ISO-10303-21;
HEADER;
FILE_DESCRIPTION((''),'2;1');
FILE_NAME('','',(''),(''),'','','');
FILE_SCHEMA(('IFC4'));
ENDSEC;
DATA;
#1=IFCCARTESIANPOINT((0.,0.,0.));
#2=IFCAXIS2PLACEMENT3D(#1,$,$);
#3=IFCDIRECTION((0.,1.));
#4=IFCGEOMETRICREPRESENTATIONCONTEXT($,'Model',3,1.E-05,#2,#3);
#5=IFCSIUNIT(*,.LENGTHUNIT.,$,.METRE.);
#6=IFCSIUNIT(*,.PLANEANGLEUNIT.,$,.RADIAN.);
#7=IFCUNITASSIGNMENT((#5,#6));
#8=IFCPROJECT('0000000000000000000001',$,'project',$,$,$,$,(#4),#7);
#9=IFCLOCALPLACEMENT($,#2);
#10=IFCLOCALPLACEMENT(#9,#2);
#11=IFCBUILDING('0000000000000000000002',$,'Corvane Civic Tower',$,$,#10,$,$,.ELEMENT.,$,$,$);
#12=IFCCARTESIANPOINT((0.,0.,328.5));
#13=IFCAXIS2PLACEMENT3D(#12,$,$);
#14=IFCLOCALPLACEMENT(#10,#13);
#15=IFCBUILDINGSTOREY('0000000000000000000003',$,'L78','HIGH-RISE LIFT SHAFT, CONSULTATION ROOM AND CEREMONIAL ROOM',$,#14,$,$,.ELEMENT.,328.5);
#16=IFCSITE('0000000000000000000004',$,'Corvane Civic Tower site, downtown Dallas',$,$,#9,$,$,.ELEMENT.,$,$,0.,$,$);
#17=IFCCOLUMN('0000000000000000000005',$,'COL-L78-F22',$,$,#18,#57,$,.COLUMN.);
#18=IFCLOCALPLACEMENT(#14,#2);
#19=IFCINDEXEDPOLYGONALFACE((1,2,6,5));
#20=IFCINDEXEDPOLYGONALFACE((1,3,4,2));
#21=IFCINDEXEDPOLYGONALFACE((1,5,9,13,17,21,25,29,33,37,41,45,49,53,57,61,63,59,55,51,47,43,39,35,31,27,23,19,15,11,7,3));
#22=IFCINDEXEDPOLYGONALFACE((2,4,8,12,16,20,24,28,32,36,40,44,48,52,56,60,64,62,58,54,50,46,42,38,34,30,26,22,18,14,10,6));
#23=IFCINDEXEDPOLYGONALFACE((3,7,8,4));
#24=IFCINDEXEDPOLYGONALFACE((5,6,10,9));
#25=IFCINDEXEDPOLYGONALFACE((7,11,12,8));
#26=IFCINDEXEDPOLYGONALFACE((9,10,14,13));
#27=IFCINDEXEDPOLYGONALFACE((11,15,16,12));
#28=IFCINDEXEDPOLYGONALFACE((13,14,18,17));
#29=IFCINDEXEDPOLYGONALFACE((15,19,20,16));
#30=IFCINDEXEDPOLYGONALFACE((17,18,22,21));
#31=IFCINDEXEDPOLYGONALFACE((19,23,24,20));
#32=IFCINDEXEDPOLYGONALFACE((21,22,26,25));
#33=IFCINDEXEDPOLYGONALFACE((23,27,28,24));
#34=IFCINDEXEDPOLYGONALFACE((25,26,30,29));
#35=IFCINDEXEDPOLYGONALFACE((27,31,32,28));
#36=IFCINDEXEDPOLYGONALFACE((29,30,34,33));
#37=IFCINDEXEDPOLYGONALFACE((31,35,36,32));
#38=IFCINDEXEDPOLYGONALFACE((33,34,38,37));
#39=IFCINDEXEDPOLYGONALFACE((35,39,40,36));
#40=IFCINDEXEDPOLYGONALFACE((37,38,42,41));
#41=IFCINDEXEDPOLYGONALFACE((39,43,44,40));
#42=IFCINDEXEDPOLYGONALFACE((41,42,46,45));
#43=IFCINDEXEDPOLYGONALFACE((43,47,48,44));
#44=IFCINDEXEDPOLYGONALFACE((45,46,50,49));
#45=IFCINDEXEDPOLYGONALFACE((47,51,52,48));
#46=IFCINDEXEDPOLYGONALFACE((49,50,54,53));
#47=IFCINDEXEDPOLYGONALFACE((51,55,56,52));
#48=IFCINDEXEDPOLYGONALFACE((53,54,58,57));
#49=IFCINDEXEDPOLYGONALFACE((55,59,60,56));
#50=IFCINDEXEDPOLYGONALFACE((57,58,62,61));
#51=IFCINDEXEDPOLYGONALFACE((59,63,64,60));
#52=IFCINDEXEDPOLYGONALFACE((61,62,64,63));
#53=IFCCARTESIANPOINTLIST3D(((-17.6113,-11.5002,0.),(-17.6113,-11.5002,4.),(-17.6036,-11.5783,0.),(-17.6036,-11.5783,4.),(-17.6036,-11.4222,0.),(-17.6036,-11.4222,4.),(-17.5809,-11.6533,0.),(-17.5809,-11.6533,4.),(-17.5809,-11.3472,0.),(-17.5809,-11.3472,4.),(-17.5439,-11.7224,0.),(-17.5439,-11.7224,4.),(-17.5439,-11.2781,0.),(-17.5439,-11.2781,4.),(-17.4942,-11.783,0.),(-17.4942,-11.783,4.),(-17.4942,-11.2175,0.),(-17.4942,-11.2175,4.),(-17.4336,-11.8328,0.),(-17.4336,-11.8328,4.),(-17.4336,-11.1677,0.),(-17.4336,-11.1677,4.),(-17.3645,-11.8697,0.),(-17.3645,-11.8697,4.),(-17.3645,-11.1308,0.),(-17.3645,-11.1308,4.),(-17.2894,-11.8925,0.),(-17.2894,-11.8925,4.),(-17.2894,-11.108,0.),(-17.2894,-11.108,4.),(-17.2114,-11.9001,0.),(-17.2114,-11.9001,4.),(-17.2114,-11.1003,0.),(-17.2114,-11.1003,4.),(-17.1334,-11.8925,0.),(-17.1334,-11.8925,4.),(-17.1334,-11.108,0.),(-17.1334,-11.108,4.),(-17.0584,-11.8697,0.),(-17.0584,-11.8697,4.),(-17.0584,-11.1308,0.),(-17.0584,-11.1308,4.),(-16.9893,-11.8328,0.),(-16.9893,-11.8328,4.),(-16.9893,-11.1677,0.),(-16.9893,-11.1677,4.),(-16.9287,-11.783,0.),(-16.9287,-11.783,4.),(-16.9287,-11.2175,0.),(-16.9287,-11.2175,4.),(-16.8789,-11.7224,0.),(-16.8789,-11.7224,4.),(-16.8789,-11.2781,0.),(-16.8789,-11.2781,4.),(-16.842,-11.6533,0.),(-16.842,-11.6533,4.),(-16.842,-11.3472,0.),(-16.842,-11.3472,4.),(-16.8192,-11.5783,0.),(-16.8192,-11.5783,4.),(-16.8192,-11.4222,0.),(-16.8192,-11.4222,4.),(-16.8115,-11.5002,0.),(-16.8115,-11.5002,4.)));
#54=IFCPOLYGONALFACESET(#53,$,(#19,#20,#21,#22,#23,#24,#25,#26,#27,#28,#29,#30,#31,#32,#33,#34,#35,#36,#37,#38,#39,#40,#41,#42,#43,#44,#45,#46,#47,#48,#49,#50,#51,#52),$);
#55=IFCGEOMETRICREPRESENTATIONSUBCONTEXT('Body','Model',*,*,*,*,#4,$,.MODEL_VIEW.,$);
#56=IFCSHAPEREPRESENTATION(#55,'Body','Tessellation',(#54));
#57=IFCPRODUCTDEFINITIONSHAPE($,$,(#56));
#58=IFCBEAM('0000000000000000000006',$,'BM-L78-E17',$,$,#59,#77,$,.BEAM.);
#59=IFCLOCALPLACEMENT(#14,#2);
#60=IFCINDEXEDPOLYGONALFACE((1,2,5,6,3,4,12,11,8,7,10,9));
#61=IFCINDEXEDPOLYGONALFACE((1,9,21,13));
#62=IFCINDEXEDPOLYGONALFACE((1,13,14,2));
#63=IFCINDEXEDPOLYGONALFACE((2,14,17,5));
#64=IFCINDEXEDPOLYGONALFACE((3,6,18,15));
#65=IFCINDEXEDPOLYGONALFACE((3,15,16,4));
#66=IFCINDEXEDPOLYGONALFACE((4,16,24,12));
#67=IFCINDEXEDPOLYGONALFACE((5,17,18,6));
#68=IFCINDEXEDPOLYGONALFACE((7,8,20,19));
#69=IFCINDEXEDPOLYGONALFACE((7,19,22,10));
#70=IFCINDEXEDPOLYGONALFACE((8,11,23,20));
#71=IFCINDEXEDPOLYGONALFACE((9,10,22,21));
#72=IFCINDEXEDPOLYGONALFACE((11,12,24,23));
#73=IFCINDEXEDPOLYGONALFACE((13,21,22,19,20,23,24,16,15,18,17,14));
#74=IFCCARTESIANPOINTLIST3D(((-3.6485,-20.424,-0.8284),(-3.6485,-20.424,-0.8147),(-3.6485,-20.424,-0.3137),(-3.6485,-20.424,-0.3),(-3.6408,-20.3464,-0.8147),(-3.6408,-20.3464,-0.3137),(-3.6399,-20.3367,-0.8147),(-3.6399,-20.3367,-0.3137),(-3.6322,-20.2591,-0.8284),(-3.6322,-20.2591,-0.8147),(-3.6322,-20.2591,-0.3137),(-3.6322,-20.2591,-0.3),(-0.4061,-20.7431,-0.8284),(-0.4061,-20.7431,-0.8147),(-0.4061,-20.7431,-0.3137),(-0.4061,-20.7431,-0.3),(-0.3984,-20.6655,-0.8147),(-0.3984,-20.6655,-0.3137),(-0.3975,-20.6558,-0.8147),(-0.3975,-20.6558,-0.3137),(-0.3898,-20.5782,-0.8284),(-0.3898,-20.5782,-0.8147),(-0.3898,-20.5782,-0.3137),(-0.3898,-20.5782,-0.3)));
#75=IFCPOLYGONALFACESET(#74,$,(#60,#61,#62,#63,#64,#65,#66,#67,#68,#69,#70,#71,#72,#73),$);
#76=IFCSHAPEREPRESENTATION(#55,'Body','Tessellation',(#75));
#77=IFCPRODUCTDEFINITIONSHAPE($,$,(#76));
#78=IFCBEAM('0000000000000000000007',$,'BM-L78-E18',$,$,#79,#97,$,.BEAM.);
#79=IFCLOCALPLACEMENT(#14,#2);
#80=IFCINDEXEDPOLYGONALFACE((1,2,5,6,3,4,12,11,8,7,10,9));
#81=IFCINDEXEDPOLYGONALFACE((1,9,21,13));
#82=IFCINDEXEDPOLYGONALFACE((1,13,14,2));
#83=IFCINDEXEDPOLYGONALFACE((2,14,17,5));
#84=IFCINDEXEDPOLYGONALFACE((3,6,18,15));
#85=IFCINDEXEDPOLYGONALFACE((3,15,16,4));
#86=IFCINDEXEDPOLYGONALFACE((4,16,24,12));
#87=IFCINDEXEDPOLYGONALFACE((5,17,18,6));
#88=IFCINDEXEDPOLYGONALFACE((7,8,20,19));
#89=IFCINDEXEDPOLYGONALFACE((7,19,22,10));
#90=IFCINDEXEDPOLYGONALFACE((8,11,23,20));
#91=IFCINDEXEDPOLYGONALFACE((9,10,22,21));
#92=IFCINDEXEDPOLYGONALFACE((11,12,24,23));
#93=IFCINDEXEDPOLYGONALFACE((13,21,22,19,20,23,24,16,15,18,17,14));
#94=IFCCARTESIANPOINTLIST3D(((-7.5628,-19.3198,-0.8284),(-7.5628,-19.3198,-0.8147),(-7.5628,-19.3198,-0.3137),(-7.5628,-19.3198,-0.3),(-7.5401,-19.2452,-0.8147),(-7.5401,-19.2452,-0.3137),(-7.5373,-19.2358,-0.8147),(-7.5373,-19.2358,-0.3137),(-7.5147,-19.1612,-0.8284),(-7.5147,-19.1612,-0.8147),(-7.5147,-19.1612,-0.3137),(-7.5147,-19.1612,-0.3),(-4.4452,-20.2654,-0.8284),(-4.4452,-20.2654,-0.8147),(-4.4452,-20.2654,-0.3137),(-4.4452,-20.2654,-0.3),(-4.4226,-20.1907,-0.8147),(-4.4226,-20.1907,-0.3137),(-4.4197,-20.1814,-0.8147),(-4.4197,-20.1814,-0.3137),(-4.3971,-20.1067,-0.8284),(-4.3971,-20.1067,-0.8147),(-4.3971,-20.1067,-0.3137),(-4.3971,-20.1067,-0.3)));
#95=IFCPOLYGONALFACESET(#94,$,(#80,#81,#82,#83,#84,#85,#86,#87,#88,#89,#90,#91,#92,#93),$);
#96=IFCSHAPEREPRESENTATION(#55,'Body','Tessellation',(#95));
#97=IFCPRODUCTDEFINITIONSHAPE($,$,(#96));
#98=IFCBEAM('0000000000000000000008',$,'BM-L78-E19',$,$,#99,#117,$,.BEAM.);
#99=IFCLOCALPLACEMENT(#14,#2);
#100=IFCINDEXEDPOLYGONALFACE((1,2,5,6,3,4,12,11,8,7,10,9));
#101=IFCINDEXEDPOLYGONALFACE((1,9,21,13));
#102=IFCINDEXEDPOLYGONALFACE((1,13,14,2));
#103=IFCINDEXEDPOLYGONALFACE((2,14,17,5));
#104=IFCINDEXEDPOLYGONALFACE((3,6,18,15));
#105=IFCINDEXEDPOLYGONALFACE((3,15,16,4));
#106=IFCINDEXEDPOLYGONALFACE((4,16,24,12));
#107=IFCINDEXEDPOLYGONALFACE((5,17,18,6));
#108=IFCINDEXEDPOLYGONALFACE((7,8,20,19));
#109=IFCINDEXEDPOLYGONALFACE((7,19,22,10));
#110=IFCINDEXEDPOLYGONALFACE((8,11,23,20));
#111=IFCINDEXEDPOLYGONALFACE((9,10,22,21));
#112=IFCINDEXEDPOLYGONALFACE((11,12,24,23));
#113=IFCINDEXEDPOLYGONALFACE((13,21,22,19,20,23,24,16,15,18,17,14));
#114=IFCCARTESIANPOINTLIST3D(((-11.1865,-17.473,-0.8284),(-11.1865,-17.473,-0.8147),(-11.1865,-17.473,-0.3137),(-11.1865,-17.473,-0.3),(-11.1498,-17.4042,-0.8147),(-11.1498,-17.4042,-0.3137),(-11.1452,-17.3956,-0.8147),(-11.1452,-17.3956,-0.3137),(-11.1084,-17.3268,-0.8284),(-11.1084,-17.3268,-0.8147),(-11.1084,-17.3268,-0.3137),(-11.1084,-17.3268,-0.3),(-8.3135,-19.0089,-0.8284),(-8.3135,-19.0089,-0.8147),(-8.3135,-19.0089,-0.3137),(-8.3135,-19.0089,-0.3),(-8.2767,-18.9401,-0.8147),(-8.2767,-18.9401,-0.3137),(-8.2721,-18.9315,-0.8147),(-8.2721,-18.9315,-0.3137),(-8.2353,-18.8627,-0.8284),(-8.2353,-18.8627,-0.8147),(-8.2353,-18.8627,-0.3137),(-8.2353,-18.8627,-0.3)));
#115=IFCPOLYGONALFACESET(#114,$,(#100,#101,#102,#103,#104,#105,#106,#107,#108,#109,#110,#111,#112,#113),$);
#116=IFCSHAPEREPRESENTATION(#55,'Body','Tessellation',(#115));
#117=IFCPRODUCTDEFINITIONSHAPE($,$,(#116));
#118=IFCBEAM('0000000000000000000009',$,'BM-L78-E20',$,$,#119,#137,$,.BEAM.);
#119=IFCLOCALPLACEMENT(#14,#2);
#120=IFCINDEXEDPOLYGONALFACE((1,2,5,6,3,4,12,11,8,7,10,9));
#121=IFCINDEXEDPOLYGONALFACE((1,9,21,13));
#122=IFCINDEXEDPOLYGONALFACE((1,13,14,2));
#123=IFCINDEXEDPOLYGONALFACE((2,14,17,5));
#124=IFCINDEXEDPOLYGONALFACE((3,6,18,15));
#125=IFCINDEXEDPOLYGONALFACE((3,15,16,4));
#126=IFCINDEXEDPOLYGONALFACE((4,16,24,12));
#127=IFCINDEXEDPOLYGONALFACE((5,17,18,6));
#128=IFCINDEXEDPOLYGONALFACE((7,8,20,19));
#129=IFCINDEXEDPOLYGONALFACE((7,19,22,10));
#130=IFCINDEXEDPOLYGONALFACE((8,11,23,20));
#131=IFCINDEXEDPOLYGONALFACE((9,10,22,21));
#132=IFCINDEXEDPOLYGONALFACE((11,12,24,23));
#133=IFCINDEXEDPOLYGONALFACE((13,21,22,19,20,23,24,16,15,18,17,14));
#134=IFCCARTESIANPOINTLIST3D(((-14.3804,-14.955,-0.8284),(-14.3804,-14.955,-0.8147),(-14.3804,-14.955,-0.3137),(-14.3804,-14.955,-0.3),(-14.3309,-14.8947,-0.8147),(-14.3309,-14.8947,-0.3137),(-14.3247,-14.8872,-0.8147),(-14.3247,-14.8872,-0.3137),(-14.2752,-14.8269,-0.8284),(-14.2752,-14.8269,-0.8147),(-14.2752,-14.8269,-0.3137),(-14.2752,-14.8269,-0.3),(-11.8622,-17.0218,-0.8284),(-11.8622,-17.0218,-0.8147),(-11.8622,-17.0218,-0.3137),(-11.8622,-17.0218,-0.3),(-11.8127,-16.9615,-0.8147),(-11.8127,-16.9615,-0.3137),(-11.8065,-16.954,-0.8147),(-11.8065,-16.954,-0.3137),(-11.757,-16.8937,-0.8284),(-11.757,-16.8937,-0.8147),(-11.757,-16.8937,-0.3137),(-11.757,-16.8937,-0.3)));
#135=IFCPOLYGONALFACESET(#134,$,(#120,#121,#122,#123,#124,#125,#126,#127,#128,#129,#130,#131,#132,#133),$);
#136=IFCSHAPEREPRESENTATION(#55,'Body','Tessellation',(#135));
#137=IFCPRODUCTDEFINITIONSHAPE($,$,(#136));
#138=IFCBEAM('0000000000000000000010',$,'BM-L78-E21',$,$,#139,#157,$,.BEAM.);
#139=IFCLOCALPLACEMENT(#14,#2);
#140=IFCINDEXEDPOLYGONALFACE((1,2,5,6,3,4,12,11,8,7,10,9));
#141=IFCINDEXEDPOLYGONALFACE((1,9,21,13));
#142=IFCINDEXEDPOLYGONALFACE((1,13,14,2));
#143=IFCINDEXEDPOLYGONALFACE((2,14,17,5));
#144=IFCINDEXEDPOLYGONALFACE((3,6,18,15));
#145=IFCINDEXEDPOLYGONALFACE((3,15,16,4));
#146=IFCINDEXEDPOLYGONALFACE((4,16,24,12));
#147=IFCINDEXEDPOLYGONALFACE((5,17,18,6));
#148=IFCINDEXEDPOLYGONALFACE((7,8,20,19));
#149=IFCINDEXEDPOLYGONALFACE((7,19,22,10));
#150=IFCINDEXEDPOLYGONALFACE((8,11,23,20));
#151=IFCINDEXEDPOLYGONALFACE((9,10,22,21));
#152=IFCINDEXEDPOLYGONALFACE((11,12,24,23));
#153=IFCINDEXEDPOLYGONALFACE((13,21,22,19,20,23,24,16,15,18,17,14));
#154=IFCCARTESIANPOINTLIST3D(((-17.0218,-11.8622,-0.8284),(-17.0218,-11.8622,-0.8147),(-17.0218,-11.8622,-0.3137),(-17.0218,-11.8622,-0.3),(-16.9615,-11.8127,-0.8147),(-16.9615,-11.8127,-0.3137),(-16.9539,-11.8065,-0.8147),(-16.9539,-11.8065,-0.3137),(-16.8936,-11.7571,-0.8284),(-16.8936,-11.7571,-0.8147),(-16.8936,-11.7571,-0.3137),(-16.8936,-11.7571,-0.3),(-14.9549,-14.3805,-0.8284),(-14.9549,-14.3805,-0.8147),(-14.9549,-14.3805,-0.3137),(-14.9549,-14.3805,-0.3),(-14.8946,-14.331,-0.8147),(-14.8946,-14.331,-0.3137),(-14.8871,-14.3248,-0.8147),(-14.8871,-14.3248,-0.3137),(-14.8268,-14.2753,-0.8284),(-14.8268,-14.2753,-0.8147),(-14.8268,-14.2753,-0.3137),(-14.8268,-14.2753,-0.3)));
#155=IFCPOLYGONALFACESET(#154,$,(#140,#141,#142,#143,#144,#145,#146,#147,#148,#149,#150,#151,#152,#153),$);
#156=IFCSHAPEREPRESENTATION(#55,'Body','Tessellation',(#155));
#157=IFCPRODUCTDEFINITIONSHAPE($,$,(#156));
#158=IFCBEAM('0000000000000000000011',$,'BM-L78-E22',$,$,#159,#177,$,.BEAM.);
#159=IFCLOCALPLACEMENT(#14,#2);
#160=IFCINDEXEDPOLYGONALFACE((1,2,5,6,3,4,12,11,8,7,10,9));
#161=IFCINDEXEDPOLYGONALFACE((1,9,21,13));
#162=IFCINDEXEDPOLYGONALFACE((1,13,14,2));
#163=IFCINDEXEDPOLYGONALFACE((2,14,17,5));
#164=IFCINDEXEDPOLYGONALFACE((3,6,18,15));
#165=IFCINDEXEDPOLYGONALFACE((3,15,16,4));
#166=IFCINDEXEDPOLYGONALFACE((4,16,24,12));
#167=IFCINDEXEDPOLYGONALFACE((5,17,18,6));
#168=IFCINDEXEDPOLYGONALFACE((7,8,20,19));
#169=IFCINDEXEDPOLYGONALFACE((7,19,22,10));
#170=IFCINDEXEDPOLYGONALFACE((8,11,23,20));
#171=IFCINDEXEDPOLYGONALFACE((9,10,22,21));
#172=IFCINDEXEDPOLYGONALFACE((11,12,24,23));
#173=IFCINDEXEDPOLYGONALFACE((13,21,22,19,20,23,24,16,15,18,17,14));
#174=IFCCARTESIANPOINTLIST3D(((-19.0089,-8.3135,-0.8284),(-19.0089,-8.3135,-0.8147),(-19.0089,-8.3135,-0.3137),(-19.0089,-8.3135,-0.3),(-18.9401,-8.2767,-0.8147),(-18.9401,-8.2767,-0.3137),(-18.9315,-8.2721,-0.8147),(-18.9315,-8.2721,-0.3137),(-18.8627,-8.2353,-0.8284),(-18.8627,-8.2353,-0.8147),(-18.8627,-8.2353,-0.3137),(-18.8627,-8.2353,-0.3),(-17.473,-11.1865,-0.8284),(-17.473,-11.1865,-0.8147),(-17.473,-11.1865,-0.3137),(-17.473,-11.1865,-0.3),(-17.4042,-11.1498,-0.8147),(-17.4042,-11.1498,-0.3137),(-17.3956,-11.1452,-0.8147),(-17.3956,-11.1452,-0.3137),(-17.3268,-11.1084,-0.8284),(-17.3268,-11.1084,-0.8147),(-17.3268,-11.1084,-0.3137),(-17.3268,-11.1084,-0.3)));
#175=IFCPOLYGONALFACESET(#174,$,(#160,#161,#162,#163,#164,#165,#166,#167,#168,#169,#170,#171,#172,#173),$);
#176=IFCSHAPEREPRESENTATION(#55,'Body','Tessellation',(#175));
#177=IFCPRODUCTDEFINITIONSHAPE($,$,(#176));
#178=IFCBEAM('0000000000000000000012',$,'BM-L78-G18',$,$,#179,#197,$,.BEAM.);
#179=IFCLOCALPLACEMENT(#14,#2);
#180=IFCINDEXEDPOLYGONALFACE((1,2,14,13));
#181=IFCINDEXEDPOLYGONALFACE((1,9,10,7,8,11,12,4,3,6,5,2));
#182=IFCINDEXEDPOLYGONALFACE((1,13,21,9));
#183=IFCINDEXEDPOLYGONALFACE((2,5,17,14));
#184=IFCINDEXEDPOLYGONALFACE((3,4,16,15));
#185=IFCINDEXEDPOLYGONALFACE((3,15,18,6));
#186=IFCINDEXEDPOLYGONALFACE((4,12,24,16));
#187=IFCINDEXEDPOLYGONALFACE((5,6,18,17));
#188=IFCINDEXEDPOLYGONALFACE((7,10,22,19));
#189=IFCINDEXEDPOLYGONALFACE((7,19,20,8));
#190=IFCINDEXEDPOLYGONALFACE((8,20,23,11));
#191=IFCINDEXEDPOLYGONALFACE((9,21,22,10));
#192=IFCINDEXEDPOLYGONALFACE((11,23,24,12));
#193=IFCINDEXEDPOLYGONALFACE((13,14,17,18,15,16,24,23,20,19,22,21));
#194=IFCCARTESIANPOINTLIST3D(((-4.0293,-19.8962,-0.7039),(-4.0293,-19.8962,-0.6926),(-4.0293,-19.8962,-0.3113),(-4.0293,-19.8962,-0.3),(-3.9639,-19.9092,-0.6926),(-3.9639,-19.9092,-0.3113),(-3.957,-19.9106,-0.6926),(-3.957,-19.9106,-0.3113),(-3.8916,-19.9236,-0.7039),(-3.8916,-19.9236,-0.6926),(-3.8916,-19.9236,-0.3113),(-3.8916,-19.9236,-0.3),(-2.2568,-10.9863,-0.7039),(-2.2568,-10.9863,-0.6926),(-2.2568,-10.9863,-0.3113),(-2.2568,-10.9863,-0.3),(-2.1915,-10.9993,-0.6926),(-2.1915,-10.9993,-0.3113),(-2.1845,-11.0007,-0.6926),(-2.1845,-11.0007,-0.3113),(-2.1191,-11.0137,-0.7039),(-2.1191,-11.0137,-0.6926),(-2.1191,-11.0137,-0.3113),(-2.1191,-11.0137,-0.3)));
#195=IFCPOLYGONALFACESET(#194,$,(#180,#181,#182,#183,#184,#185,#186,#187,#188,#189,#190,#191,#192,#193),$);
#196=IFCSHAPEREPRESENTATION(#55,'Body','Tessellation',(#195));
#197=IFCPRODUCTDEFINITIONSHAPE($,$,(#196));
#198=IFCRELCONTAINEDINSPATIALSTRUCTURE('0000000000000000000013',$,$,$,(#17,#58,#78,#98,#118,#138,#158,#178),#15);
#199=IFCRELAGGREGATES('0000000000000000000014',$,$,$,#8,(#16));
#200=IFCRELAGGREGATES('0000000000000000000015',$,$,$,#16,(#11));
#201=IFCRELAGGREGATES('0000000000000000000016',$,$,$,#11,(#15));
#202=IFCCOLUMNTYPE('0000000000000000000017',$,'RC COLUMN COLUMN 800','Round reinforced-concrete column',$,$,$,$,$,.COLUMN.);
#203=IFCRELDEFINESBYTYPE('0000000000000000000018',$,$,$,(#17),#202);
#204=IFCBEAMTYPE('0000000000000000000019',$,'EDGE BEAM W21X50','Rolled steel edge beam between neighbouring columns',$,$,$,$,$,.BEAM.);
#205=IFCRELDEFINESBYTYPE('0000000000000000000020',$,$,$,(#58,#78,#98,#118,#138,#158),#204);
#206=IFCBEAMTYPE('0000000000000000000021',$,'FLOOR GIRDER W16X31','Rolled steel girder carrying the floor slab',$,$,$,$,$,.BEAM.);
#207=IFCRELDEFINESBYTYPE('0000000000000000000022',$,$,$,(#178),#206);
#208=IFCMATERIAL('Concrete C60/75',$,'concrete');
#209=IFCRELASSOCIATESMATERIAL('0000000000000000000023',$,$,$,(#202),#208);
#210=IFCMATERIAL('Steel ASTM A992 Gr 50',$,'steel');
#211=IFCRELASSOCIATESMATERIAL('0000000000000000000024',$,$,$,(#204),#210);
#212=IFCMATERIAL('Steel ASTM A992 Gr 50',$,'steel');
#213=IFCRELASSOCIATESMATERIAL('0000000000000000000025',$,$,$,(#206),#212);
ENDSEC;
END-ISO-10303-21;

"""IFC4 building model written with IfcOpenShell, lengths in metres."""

from ifc_helpers import new_model, si_unit, direction, frame, origin, origin_2d, place, context, subcontext, project, spatial, circle, i_section, extrude, material, material_profile, profile_set, type_object, element, save


model = new_model("IFC4")

# Units and contexts
model_context = context("Model", 3, precision=1e-05, world=origin(), true_north=direction((0.0, 1.0)))
body_context = subcontext(model_context, "Body", "Model", "MODEL_VIEW")
ifc_project = project(units=[si_unit("LENGTHUNIT", "METRE"), si_unit("PLANEANGLEUNIT", "RADIAN")], contexts=[model_context])

# Site, building, storey
site_placement = place(None, origin())
site = spatial("IfcSite", under=ifc_project, at=site_placement, Name="Corvane Civic Tower site, downtown Dallas", CompositionType="ELEMENT", RefElevation=0.0)
building_placement = place(site_placement, origin())
building = spatial("IfcBuilding", under=site, at=building_placement, Name="Corvane Civic Tower", CompositionType="ELEMENT")
storey_placement = place(building_placement, frame((0.0, 0.0, 328.5)))
storey = spatial("IfcBuildingStorey", under=building, at=storey_placement, Name="L78", Description="HIGH-RISE LIFT SHAFT, CONSULTATION ROOM AND CEREMONIAL ROOM", CompositionType="ELEMENT", Elevation=328.5)

# Column
ifc_material_1 = material(Name="Concrete C60/75", Category="concrete")
ifc_material_profile_1 = material_profile(ifc_material_1, circle(Radius=0.3999, at=origin_2d()), Name="COLUMN 800")
ifc_profile_set_1 = profile_set([ifc_material_profile_1], Name="Concrete C60/75")
column_type = type_object("IfcColumnType", Name="RC COLUMN COLUMN 800", Description="Round reinforced-concrete column", PredefinedType="COLUMN", material=ifc_profile_set_1)
for number, where, z_axis, x_axis, name in (
    (1, (-17.2114, -11.5002, 0.0), (0.0, 0.0, 1.0), (1.0, 0.0, 0.0), "COL-L78-F22"),
):
    element("IfcColumn", number, at=place(storey_placement, frame(where, z_axis=z_axis, x_axis=x_axis)), inside=storey, type_object=column_type, Name=name, PredefinedType="COLUMN", context=body_context, shape_type="SweptSolid", body=[
        extrude(circle(Radius=0.3999, at=origin_2d()), origin(), (0.0, 0.0, 1.0), 4.0),
    ])

# Beams
ifc_material_2 = material(Name="Steel ASTM A992 Gr 50", Category="steel")
ifc_material_profile_2 = material_profile(ifc_material_2, i_section(OverallWidth=0.1658, OverallDepth=0.5283, WebThickness=0.0098, FlangeThickness=0.0137, at=origin_2d()), Name="W21X50")
ifc_profile_set_2 = profile_set([ifc_material_profile_2], Name="Steel ASTM A992 Gr 50")
beam_type_1 = type_object("IfcBeamType", Name="EDGE BEAM W21X50", Description="Rolled steel edge beam between neighbouring columns", PredefinedType="BEAM", material=ifc_profile_set_2)
beam_1_placement = place(storey_placement, frame((-0.3979, -20.6606, -0.5642), z_axis=(-0.995193, 0.097938, 0.0), x_axis=(-0.097938, -0.995193, 0.0)))
element("IfcBeam", 2, at=beam_1_placement, inside=storey, type_object=beam_type_1, Name="BM-L78-E17", PredefinedType="BEAM", context=body_context, shape_type="SweptSolid", body=[
    extrude(i_section(OverallWidth=0.1658, OverallDepth=0.5283, WebThickness=0.0098, FlangeThickness=0.0137, at=origin_2d()), origin(), (0.0, 0.0, 1.0), 3.2581),
])
for number, where, z_axis, x_axis, name in (
    (3, (-4.4211, -20.186, -0.5642), (-0.956956, 0.290234, 0.0), (-0.290234, -0.956956, 0.0), "BM-L78-E18"),
    (4, (-8.2744, -18.9358, -0.5642), (-0.881894, 0.471448, 0.0), (-0.471448, -0.881894, 0.0), "BM-L78-E19"),
    (5, (-11.8096, -16.9578, -0.5642), (-0.772985, 0.634425, 0.0), (-0.634425, -0.772985, 0.0), "BM-L78-E20"),
    (6, (-14.8909, -14.3279, -0.5642), (-0.634425, 0.772985, 0.0), (-0.772985, -0.634425, 0.0), "BM-L78-E21"),
    (7, (-17.3999, -11.1475, -0.5642), (-0.471448, 0.881894, 0.0), (-0.881894, -0.471448, 0.0), "BM-L78-E22"),
):
    element("IfcBeam", number, at=place(storey_placement, frame(where, z_axis=z_axis, x_axis=x_axis)), inside=storey, type_object=beam_type_1, Name=name, PredefinedType="BEAM", context=body_context, shape_type="SweptSolid", body=[
        extrude(i_section(OverallWidth=0.1658, OverallDepth=0.5283, WebThickness=0.0098, FlangeThickness=0.0137, at=origin_2d()), origin(), (0.0, 0.0, 1.0), 3.2578),
    ])
ifc_material_3 = material(Name="Steel ASTM A992 Gr 50", Category="steel")
ifc_material_profile_3 = material_profile(ifc_material_3, i_section(OverallWidth=0.1404, OverallDepth=0.4038, WebThickness=0.0071, FlangeThickness=0.0112, at=origin_2d()), Name="W16X31")
ifc_profile_set_3 = profile_set([ifc_material_profile_3], Name="Steel ASTM A992 Gr 50")
beam_type_2 = type_object("IfcBeamType", Name="FLOOR GIRDER W16X31", Description="Rolled steel girder carrying the floor slab", PredefinedType="BEAM", material=ifc_profile_set_3)
beam_2_placement = place(storey_placement, frame((-2.188, -11.0, -0.502), z_axis=(-0.195108, -0.980782, 0.0), x_axis=(0.980782, -0.195108, 0.0)))
element("IfcBeam", 8, at=beam_2_placement, inside=storey, type_object=beam_type_2, Name="BM-L78-G18", PredefinedType="BEAM", context=body_context, shape_type="SweptSolid", body=[
    extrude(i_section(OverallWidth=0.1404, OverallDepth=0.4038, WebThickness=0.0071, FlangeThickness=0.0112, at=origin_2d()), origin(), (0.0, 0.0, 1.0), 9.0845),
])

save(model, "model.ifc")
